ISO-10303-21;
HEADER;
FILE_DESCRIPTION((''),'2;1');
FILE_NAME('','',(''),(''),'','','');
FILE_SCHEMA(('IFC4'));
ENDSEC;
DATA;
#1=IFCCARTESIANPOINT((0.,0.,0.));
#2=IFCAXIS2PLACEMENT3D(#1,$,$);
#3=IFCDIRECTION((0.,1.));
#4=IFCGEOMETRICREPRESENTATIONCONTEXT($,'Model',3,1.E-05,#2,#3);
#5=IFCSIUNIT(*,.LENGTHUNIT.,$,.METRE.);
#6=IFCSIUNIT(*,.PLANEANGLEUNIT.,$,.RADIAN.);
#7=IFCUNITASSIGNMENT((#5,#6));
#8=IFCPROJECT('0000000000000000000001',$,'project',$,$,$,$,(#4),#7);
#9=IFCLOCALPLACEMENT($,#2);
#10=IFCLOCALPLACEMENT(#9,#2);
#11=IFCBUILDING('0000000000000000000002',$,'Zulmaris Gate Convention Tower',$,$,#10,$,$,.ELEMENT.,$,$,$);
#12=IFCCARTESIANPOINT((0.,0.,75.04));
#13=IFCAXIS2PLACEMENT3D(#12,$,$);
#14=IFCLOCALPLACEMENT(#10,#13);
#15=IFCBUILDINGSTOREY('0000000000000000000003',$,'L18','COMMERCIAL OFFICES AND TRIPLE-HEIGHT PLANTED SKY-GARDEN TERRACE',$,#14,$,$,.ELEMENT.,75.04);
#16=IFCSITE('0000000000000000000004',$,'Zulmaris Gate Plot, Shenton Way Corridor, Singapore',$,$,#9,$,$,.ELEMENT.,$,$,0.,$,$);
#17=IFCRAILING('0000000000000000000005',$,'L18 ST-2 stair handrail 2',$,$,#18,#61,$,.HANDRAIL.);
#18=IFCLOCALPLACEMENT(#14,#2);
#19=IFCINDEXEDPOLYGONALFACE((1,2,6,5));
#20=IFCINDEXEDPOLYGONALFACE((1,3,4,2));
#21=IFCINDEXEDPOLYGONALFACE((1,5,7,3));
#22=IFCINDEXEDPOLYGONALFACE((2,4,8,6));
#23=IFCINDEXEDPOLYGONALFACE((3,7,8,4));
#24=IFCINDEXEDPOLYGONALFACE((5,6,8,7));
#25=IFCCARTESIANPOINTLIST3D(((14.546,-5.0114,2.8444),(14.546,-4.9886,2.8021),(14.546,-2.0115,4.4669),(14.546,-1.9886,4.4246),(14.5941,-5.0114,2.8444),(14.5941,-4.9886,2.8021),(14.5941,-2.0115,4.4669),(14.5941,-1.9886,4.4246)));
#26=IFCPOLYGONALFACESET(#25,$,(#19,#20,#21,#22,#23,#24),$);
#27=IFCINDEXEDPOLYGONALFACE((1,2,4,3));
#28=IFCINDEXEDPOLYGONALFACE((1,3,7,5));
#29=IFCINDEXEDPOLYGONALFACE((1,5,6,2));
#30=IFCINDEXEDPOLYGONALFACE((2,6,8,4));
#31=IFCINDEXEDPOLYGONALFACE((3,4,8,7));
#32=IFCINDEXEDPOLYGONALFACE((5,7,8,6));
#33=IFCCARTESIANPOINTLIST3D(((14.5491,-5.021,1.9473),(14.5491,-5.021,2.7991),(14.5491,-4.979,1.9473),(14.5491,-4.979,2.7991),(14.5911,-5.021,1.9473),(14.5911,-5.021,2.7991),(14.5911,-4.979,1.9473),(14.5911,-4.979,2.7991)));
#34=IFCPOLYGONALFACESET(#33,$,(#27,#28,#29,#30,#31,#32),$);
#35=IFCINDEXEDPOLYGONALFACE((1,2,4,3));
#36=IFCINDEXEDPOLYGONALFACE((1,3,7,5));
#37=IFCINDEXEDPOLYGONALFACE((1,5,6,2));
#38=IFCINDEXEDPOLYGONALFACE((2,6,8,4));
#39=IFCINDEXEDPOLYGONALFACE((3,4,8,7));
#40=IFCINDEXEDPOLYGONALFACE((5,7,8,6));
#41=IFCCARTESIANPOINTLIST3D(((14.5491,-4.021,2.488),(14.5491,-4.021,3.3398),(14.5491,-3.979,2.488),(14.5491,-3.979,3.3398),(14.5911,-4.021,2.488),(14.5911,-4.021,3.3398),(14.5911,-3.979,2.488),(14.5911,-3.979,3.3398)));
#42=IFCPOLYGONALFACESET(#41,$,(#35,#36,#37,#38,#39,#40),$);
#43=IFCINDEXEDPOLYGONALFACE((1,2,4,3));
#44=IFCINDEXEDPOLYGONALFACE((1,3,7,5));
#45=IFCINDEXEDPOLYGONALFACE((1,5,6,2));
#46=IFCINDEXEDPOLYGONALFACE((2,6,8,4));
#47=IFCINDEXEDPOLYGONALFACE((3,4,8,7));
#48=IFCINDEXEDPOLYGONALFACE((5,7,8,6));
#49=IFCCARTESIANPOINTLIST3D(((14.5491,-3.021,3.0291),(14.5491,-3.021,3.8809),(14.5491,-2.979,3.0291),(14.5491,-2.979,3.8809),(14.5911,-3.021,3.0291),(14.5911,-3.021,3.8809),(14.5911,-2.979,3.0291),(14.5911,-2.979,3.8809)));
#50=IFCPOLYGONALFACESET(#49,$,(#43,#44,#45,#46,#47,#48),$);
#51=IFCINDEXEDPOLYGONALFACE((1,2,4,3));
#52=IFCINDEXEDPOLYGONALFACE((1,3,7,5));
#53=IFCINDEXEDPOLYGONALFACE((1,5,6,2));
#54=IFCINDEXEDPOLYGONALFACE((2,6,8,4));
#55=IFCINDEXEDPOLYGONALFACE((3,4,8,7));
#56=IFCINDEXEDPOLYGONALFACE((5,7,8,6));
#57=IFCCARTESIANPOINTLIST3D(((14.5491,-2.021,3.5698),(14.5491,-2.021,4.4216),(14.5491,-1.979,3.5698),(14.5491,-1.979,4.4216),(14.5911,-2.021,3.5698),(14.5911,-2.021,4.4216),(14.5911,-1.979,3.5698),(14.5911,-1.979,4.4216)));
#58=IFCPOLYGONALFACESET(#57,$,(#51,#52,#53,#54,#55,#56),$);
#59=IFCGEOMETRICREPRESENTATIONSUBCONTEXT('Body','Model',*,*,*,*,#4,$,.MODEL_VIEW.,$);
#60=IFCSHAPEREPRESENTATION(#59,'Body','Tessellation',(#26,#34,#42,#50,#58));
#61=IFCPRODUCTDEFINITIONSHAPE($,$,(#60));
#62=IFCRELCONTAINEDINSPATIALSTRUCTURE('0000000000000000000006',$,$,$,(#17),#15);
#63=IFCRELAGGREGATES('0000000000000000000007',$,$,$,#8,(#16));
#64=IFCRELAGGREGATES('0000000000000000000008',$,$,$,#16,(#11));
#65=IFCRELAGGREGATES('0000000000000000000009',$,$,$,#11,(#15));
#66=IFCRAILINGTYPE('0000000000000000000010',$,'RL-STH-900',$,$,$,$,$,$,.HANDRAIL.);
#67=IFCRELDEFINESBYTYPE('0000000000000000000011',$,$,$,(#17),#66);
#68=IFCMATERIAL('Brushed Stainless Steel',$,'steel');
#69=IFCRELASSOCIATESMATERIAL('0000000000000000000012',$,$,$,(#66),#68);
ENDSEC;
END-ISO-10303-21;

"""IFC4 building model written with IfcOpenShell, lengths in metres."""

from ifc_helpers import new_model, si_unit, direction, frame, origin, origin_2d, place, context, subcontext, project, spatial, rectangle, extrude, material, type_object, element, save


model = new_model("IFC4")

# Units and contexts
model_context = context("Model", 3, precision=1e-05, world=origin(), true_north=direction((0.0, 1.0)))
body_context = subcontext(model_context, "Body", "Model", "MODEL_VIEW")
ifc_project = project(units=[si_unit("LENGTHUNIT", "METRE"), si_unit("PLANEANGLEUNIT", "RADIAN")], contexts=[model_context])

# Site, building, storey
site_placement = place(None, origin())
site = spatial("IfcSite", under=ifc_project, at=site_placement, Name="Zulmaris Gate Plot, Shenton Way Corridor, Singapore", CompositionType="ELEMENT", RefElevation=0.0)
building_placement = place(site_placement, origin())
building = spatial("IfcBuilding", under=site, at=building_placement, Name="Zulmaris Gate Convention Tower", CompositionType="ELEMENT")
storey_placement = place(building_placement, frame((0.0, 0.0, 75.04)))
storey = spatial("IfcBuildingStorey", under=building, at=storey_placement, Name="L18", Description="COMMERCIAL OFFICES AND TRIPLE-HEIGHT PLANTED SKY-GARDEN TERRACE", CompositionType="ELEMENT", Elevation=75.04)

# Railing
ifc_material_1 = material(Name="Brushed Stainless Steel", Category="steel")
railing_type_1 = type_object("IfcRailingType", Name="RL-STH-900", PredefinedType="HANDRAIL", material=ifc_material_1)
railing_1_placement = place(storey_placement, frame((14.5701, -5.0, 1.9473)))
element("IfcRailing", 1, at=railing_1_placement, inside=storey, type_object=railing_type_1, Name="L18 ST-2 stair handrail 2", PredefinedType="HANDRAIL", context=body_context, shape_type="SweptSolid", body=[
    extrude(rectangle(XDim=0.0481, YDim=0.0481, at=origin_2d()), frame((0.0, 0.0, 0.876), z_axis=(0.0, 0.879592, 0.47573), x_axis=(-1.0, 0.0, 0.0)), (0.0, 0.0, 1.0), 3.4106),
    extrude(rectangle(XDim=0.042, YDim=0.042, at=origin_2d()), origin(), (0.0, 0.0, 1.0), 0.8518),
    extrude(rectangle(XDim=0.042, YDim=0.042, at=origin_2d()), frame((0.0, 1.0, 0.5408)), (0.0, 0.0, 1.0), 0.8518),
    extrude(rectangle(XDim=0.042, YDim=0.042, at=origin_2d()), frame((0.0, 2.0, 1.0818)), (0.0, 0.0, 1.0), 0.8518),
    extrude(rectangle(XDim=0.042, YDim=0.042, at=origin_2d()), frame((0.0, 3.0, 1.6226)), (0.0, 0.0, 1.0), 0.8518),
])

save(model, "model.ifc")
